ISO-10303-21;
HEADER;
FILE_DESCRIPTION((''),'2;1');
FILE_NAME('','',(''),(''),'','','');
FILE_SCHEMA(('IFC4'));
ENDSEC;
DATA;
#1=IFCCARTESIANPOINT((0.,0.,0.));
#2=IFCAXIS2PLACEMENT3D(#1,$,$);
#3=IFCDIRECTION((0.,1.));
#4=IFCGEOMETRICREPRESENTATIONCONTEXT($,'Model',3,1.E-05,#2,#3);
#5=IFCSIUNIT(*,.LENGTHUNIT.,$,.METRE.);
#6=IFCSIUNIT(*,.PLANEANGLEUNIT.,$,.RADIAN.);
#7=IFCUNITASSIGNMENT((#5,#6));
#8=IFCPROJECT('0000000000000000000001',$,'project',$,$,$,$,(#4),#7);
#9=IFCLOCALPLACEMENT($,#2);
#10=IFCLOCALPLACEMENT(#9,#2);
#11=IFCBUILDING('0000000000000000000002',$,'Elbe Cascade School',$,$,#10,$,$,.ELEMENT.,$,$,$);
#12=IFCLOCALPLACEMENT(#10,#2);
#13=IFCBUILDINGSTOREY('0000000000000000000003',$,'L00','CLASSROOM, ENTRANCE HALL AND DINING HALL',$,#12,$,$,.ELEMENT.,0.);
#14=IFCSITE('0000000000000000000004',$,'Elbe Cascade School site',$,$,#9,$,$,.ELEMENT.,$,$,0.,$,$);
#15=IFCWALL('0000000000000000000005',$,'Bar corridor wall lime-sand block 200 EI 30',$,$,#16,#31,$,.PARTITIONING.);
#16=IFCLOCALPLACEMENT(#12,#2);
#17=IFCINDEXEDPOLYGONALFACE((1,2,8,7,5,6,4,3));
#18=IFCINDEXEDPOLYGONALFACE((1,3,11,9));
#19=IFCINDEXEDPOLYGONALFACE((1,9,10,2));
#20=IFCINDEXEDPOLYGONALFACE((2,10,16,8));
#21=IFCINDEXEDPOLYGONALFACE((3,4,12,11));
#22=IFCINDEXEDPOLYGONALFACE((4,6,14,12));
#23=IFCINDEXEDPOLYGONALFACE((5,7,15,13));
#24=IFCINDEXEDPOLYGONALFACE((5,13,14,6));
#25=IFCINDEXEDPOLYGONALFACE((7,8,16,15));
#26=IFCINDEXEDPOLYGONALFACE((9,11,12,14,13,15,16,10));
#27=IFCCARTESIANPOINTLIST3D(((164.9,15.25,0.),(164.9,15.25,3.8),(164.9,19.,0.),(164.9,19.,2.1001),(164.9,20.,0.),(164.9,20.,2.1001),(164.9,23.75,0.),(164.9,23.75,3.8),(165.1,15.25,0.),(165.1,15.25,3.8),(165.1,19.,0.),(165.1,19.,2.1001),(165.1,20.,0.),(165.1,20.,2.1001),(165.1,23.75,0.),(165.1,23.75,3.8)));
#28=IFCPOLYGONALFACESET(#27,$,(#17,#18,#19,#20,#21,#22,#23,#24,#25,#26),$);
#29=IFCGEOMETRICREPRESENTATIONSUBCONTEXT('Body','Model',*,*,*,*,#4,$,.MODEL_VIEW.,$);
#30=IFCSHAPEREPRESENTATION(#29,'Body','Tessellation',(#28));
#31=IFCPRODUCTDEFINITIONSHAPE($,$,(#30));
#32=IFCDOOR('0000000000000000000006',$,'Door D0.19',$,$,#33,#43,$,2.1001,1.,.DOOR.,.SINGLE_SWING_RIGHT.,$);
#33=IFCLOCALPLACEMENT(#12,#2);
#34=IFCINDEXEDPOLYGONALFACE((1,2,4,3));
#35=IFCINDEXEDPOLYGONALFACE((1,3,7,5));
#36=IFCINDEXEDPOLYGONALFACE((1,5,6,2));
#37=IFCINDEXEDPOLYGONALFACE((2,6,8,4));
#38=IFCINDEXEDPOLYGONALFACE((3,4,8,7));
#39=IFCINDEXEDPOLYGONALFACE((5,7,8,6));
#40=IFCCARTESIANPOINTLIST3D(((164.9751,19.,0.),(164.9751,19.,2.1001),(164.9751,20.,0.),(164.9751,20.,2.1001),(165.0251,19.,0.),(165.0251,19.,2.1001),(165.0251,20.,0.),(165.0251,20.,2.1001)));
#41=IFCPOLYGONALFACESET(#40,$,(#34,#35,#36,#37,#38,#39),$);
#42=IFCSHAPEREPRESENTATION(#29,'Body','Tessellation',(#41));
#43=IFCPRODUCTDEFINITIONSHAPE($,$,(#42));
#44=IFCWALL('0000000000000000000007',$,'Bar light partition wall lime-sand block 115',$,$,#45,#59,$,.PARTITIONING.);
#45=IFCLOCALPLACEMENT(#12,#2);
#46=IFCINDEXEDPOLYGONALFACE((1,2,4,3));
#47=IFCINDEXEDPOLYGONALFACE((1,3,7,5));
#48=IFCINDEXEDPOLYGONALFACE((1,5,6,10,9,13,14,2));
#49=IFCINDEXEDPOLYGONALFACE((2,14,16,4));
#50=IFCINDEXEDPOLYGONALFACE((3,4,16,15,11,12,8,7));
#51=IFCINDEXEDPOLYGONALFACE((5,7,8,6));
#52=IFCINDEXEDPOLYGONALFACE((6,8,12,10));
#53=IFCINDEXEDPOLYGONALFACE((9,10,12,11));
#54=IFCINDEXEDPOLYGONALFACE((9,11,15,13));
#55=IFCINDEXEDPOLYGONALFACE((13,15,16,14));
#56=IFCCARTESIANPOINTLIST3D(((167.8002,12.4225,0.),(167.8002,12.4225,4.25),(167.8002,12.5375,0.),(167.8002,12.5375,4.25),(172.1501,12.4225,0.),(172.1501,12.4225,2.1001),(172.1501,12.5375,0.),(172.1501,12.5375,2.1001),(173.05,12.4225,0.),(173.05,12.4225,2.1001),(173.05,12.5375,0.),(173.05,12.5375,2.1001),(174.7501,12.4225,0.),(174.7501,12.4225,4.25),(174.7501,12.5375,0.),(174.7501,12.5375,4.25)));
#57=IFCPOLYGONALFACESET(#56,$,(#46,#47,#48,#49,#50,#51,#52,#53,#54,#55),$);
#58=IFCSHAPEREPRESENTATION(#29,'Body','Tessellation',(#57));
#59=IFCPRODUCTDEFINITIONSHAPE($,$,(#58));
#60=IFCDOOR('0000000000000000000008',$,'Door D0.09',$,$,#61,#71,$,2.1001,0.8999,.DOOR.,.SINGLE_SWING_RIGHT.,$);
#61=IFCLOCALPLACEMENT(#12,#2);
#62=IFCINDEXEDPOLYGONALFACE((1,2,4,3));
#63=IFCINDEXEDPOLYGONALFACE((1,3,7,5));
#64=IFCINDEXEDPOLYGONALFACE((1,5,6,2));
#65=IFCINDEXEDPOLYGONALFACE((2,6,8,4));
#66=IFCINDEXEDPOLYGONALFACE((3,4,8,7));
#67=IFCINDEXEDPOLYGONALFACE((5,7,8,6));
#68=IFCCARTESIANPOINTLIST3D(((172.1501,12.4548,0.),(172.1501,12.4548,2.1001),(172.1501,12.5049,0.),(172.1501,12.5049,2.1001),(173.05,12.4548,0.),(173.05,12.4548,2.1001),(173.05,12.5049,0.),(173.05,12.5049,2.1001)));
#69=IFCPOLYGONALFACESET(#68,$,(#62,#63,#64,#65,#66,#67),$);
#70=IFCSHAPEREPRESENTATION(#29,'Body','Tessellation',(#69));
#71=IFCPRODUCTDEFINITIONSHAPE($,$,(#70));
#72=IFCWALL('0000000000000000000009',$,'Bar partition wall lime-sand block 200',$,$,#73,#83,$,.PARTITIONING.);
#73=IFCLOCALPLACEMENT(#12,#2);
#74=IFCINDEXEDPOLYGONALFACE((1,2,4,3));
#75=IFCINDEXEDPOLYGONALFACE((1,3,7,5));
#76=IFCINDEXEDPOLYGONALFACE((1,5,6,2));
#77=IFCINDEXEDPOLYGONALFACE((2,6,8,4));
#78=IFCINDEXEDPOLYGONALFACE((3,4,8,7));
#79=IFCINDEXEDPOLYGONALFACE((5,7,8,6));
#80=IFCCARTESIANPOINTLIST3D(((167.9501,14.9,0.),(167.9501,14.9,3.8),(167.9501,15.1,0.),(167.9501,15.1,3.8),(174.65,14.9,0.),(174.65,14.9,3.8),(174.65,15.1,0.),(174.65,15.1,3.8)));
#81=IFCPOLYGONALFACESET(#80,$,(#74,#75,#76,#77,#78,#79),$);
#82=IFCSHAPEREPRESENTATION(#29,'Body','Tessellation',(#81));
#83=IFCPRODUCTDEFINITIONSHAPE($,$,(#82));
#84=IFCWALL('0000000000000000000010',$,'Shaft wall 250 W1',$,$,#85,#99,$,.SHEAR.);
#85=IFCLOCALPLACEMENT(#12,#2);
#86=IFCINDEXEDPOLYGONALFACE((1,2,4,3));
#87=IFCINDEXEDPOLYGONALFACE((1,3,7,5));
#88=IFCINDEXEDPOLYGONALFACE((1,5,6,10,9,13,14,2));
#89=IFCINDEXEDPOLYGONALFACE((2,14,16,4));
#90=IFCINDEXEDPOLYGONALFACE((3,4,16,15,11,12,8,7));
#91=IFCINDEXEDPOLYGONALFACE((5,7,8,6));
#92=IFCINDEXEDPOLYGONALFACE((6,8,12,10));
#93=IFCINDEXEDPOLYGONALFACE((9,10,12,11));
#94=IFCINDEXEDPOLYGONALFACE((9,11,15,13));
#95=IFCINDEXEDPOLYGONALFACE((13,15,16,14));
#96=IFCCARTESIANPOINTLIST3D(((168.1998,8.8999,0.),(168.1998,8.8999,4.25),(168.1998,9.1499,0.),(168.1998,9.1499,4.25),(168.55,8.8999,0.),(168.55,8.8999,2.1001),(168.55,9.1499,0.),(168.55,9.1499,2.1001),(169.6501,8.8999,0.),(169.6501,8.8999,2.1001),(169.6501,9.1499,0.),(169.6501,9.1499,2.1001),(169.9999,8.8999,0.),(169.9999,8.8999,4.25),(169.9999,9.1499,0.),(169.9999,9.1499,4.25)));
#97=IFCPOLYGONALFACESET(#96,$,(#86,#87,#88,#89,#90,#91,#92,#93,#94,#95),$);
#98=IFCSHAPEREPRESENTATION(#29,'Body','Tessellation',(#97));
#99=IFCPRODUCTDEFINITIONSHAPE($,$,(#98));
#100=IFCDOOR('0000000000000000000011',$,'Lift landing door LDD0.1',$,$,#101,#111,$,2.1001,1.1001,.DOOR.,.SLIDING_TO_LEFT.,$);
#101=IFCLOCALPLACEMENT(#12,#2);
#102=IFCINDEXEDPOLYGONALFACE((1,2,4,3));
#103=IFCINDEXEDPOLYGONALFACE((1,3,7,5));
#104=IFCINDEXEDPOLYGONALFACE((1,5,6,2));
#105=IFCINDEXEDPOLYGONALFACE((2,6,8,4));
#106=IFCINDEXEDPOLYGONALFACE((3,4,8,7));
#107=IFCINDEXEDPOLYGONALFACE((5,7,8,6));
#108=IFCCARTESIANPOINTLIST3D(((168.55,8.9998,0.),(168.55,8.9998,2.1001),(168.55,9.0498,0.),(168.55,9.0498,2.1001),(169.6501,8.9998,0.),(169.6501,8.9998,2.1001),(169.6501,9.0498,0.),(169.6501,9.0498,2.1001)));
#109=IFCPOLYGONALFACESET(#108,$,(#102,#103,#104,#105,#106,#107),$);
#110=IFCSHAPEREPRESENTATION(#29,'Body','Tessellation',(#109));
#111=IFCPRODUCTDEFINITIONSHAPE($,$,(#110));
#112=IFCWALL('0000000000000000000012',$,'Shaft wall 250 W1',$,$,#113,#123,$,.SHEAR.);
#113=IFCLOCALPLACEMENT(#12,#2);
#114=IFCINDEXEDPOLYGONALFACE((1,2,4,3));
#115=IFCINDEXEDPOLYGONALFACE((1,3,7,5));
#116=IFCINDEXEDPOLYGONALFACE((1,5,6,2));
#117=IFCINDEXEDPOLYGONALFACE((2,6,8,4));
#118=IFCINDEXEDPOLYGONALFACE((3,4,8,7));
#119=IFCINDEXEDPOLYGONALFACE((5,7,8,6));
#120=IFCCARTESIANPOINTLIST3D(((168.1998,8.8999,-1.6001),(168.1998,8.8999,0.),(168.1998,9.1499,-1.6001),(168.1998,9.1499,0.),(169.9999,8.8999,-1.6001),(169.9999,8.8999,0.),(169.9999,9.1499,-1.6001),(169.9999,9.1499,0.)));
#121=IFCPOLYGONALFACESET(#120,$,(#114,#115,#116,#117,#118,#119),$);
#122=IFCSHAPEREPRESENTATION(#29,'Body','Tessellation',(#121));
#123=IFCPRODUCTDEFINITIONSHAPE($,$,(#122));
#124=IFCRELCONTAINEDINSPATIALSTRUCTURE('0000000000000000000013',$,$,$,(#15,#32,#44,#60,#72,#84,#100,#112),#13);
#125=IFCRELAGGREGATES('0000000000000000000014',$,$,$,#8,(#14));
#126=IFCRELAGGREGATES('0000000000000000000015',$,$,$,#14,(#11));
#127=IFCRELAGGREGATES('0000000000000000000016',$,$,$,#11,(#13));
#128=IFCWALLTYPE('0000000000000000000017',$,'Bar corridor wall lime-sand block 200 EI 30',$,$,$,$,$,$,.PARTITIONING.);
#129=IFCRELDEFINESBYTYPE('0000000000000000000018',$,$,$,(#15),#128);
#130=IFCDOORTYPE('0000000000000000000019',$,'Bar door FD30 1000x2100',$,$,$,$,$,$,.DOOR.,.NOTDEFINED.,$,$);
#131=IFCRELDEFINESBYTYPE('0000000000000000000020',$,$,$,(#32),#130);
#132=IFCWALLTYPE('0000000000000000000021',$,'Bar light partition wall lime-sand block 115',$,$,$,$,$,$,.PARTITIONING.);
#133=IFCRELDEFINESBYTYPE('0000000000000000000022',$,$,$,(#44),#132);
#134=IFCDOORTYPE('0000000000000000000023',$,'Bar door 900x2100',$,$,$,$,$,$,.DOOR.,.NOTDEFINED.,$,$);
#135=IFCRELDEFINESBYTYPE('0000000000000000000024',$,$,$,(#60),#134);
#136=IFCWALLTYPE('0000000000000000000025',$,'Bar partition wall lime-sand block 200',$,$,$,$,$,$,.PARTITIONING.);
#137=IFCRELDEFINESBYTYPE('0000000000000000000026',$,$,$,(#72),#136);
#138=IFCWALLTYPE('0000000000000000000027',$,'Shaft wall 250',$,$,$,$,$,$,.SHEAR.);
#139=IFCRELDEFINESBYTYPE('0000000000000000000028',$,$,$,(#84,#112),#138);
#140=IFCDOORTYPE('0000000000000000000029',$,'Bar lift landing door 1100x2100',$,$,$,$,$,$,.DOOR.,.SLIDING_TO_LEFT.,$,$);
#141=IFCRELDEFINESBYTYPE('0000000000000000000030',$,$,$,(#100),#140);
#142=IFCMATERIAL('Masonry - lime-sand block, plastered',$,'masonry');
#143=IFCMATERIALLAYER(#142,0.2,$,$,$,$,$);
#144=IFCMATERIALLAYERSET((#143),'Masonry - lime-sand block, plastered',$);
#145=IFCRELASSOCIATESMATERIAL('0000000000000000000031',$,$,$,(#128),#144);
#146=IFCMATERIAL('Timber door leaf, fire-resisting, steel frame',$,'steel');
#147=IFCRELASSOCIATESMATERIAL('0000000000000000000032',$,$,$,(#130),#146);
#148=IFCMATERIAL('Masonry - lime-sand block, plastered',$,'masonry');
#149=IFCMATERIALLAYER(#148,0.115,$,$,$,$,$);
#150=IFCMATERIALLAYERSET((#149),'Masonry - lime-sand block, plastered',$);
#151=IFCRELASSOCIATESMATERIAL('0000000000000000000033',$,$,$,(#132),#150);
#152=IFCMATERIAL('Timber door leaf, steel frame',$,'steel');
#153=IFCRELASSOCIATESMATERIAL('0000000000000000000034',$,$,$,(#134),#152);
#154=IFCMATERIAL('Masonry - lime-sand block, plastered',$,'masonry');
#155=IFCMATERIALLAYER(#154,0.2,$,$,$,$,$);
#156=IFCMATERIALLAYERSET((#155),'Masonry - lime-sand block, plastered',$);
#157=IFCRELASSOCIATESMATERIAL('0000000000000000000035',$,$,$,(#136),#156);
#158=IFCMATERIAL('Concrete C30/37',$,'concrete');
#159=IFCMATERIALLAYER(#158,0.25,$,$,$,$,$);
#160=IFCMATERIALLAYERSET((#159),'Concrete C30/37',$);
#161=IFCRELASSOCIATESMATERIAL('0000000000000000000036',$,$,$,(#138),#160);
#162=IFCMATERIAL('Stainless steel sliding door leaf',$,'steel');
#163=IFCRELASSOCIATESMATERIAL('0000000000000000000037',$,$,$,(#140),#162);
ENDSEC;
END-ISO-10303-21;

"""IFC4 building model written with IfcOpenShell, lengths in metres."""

from ifc_helpers import new_model, si_unit, direction, frame, frame_2d, origin, place, context, subcontext, project, spatial, rectangle, extrude, material, layer, layer_set, type_object, element, fill, save


model = new_model("IFC4")

# Units and contexts
model_context = context("Model", 3, precision=1e-05, world=origin(), true_north=direction((0.0, 1.0)))
body_context = subcontext(model_context, "Body", "Model", "MODEL_VIEW")
ifc_project = project(units=[si_unit("LENGTHUNIT", "METRE"), si_unit("PLANEANGLEUNIT", "RADIAN")], contexts=[model_context])

# Site, building, storey
site_placement = place(None, origin())
site = spatial("IfcSite", under=ifc_project, at=site_placement, Name="Elbe Cascade School site", CompositionType="ELEMENT", RefElevation=0.0)
building_placement = place(site_placement, origin())
building = spatial("IfcBuilding", under=site, at=building_placement, Name="Elbe Cascade School", CompositionType="ELEMENT")
storey_placement = place(building_placement, origin())
storey = spatial("IfcBuildingStorey", under=building, at=storey_placement, Name="L00", Description="CLASSROOM, ENTRANCE HALL AND DINING HALL", CompositionType="ELEMENT", Elevation=0.0)

# Walls, openings, doors
ifc_material_1 = material(Name="Masonry - lime-sand block, plastered", Category="masonry")
ifc_layer_1 = layer(ifc_material_1, 0.2)
ifc_layer_set_1 = layer_set([ifc_layer_1], Name="Masonry - lime-sand block, plastered")
wall_type_1 = type_object("IfcWallType", Name="Bar corridor wall lime-sand block 200 EI 30", PredefinedType="PARTITIONING", material=ifc_layer_set_1)
ifc_material_2 = material(Name="Timber door leaf, fire-resisting, steel frame", Category="steel")
door_type_1 = type_object("IfcDoorType", Name="Bar door FD30 1000x2100", OperationType="NOTDEFINED", PredefinedType="DOOR", material=ifc_material_2)
wall_1_placement = place(storey_placement, frame((165.0, 15.25, 0.0), z_axis=(0.0, 0.0, 1.0), x_axis=(0.0, 1.0, 0.0)))
wall_1 = element("IfcWall", 1, at=wall_1_placement, inside=storey, type_object=wall_type_1, Name="Bar corridor wall lime-sand block 200 EI 30", PredefinedType="PARTITIONING", context=body_context, shape_type="SweptSolid", body=[
    extrude(rectangle(XDim=8.5, YDim=0.2, at=frame_2d((4.25, 0.0))), origin(), (0.0, 0.0, 1.0), 3.8),
])
opening_1_placement = place(wall_1_placement, frame((3.75, 0.0, 0.0)))
opening_1 = element("IfcOpeningElement", 2, at=opening_1_placement, cuts=wall_1, PredefinedType="OPENING", context=body_context, shape_type="SweptSolid", body=[
    extrude(rectangle(XDim=1.0, YDim=2.1001, at=frame_2d((0.5, 1.05))), frame((0.0, 0.1099, 0.0), z_axis=(0.0, -1.0, 0.0), x_axis=(1.0, 0.0, 0.0)), (0.0, 0.0, 1.0), 0.22),
])
door_1_placement = place(opening_1_placement, origin())
door_1 = element("IfcDoor", 3, at=door_1_placement, inside=storey, type_object=door_type_1, Name="Door D0.19", OperationType="SINGLE_SWING_RIGHT", OverallHeight=2.1001, OverallWidth=1.0, PredefinedType="DOOR", context=body_context, shape_type="SweptSolid", body=[
    extrude(rectangle(XDim=1.0, YDim=2.1001, at=frame_2d((0.5, 1.05))), frame((0.0, 0.0249, 0.0), z_axis=(0.0, -1.0, 0.0), x_axis=(1.0, 0.0, 0.0)), (0.0, 0.0, 1.0), 0.05),
])
fill(opening_1, door_1)
ifc_material_3 = material(Name="Masonry - lime-sand block, plastered", Category="masonry")
ifc_layer_2 = layer(ifc_material_3, 0.115)
ifc_layer_set_2 = layer_set([ifc_layer_2], Name="Masonry - lime-sand block, plastered")
wall_type_2 = type_object("IfcWallType", Name="Bar light partition wall lime-sand block 115", PredefinedType="PARTITIONING", material=ifc_layer_set_2)
wall_2_placement = place(storey_placement, frame((167.8, 12.48, 0.0), z_axis=(0.0, 0.0, 1.0), x_axis=(1.0, 0.0, 0.0)))
wall_2 = element("IfcWall", 4, at=wall_2_placement, inside=storey, type_object=wall_type_2, Name="Bar light partition wall lime-sand block 115", PredefinedType="PARTITIONING", context=body_context, shape_type="SweptSolid", body=[
    extrude(rectangle(XDim=6.95, YDim=0.115, at=frame_2d((3.4751, 0.0))), origin(), (0.0, 0.0, 1.0), 4.25),
])
opening_2_placement = place(wall_2_placement, frame((4.3501, 0.0, 0.0)))
opening_2 = element("IfcOpeningElement", 5, at=opening_2_placement, cuts=wall_2, PredefinedType="OPENING", context=body_context, shape_type="SweptSolid", body=[
    extrude(rectangle(XDim=0.8999, YDim=2.1001, at=frame_2d((0.45, 1.05))), frame((0.0, 0.0674, 0.0), z_axis=(0.0, -1.0, 0.0), x_axis=(1.0, 0.0, 0.0)), (0.0, 0.0, 1.0), 0.135),
])
ifc_material_4 = material(Name="Timber door leaf, steel frame", Category="steel")
door_type_2 = type_object("IfcDoorType", Name="Bar door 900x2100", OperationType="NOTDEFINED", PredefinedType="DOOR", material=ifc_material_4)
door_2_placement = place(opening_2_placement, origin())
door_2 = element("IfcDoor", 6, at=door_2_placement, inside=storey, type_object=door_type_2, Name="Door D0.09", OperationType="SINGLE_SWING_RIGHT", OverallHeight=2.1001, OverallWidth=0.8999, PredefinedType="DOOR", context=body_context, shape_type="SweptSolid", body=[
    extrude(rectangle(XDim=0.8999, YDim=2.1001, at=frame_2d((0.45, 1.05))), frame((0.0, 0.0249, 0.0), z_axis=(0.0, -1.0, 0.0), x_axis=(1.0, 0.0, 0.0)), (0.0, 0.0, 1.0), 0.05),
])
fill(opening_2, door_2)

# Wall
ifc_material_5 = material(Name="Masonry - lime-sand block, plastered", Category="masonry")
ifc_layer_3 = layer(ifc_material_5, 0.2)
ifc_layer_set_3 = layer_set([ifc_layer_3], Name="Masonry - lime-sand block, plastered")
wall_type_3 = type_object("IfcWallType", Name="Bar partition wall lime-sand block 200", PredefinedType="PARTITIONING", material=ifc_layer_set_3)
wall_3_placement = place(storey_placement, frame((167.95, 15.0, 0.0), z_axis=(0.0, 0.0, 1.0), x_axis=(1.0, 0.0, 0.0)))
element("IfcWall", 7, at=wall_3_placement, inside=storey, type_object=wall_type_3, Name="Bar partition wall lime-sand block 200", PredefinedType="PARTITIONING", context=body_context, shape_type="SweptSolid", body=[
    extrude(rectangle(XDim=6.7, YDim=0.2, at=frame_2d((3.3501, 0.0))), origin(), (0.0, 0.0, 1.0), 3.8),
])

# Wall, opening, door
ifc_material_6 = material(Name="Concrete C30/37", Category="concrete")
ifc_layer_4 = layer(ifc_material_6, 0.25)
ifc_layer_set_4 = layer_set([ifc_layer_4], Name="Concrete C30/37")
wall_type_4 = type_object("IfcWallType", Name="Shaft wall 250", PredefinedType="SHEAR", material=ifc_layer_set_4)
wall_4_placement = place(storey_placement, frame((168.2, 9.0249, 0.0), z_axis=(0.0, 0.0, 1.0), x_axis=(1.0, 0.0, 0.0)))
wall_4 = element("IfcWall", 8, at=wall_4_placement, inside=storey, type_object=wall_type_4, Name="Shaft wall 250 W1", PredefinedType="SHEAR", context=body_context, shape_type="SweptSolid", body=[
    extrude(rectangle(XDim=1.8, YDim=0.25, at=frame_2d((0.8999, 0.0))), origin(), (0.0, 0.0, 1.0), 4.25),
])
opening_3_placement = place(wall_4_placement, frame((0.3501, 0.0, 0.0)))
opening_3 = element("IfcOpeningElement", 9, at=opening_3_placement, cuts=wall_4, PredefinedType="OPENING", context=body_context, shape_type="SweptSolid", body=[
    extrude(rectangle(XDim=1.1001, YDim=2.1001, at=frame_2d((0.55, 1.05))), frame((0.0, 0.135, 0.0), z_axis=(0.0, -1.0, 0.0), x_axis=(1.0, 0.0, 0.0)), (0.0, 0.0, 1.0), 0.27),
])
ifc_material_7 = material(Name="Stainless steel sliding door leaf", Category="steel")
door_type_3 = type_object("IfcDoorType", Name="Bar lift landing door 1100x2100", OperationType="SLIDING_TO_LEFT", PredefinedType="DOOR", material=ifc_material_7)
door_3_placement = place(opening_3_placement, origin())
door_3 = element("IfcDoor", 10, at=door_3_placement, inside=storey, type_object=door_type_3, Name="Lift landing door LDD0.1", OperationType="SLIDING_TO_LEFT", OverallHeight=2.1001, OverallWidth=1.1001, PredefinedType="DOOR", context=body_context, shape_type="SweptSolid", body=[
    extrude(rectangle(XDim=1.1001, YDim=2.1001, at=frame_2d((0.55, 1.05))), frame((0.0, 0.0249, 0.0), z_axis=(0.0, -1.0, 0.0), x_axis=(1.0, 0.0, 0.0)), (0.0, 0.0, 1.0), 0.05),
])
fill(opening_3, door_3)

# Wall
wall_5_placement = place(storey_placement, frame((168.2, 9.0249, -1.6001), z_axis=(0.0, 0.0, 1.0), x_axis=(1.0, 0.0, 0.0)))
element("IfcWall", 11, at=wall_5_placement, inside=storey, type_object=wall_type_4, Name="Shaft wall 250 W1", PredefinedType="SHEAR", context=body_context, shape_type="SweptSolid", body=[
    extrude(rectangle(XDim=1.8, YDim=0.25, at=frame_2d((0.8999, 0.0))), origin(), (0.0, 0.0, 1.0), 1.6001),
])

save(model, "model.ifc")
